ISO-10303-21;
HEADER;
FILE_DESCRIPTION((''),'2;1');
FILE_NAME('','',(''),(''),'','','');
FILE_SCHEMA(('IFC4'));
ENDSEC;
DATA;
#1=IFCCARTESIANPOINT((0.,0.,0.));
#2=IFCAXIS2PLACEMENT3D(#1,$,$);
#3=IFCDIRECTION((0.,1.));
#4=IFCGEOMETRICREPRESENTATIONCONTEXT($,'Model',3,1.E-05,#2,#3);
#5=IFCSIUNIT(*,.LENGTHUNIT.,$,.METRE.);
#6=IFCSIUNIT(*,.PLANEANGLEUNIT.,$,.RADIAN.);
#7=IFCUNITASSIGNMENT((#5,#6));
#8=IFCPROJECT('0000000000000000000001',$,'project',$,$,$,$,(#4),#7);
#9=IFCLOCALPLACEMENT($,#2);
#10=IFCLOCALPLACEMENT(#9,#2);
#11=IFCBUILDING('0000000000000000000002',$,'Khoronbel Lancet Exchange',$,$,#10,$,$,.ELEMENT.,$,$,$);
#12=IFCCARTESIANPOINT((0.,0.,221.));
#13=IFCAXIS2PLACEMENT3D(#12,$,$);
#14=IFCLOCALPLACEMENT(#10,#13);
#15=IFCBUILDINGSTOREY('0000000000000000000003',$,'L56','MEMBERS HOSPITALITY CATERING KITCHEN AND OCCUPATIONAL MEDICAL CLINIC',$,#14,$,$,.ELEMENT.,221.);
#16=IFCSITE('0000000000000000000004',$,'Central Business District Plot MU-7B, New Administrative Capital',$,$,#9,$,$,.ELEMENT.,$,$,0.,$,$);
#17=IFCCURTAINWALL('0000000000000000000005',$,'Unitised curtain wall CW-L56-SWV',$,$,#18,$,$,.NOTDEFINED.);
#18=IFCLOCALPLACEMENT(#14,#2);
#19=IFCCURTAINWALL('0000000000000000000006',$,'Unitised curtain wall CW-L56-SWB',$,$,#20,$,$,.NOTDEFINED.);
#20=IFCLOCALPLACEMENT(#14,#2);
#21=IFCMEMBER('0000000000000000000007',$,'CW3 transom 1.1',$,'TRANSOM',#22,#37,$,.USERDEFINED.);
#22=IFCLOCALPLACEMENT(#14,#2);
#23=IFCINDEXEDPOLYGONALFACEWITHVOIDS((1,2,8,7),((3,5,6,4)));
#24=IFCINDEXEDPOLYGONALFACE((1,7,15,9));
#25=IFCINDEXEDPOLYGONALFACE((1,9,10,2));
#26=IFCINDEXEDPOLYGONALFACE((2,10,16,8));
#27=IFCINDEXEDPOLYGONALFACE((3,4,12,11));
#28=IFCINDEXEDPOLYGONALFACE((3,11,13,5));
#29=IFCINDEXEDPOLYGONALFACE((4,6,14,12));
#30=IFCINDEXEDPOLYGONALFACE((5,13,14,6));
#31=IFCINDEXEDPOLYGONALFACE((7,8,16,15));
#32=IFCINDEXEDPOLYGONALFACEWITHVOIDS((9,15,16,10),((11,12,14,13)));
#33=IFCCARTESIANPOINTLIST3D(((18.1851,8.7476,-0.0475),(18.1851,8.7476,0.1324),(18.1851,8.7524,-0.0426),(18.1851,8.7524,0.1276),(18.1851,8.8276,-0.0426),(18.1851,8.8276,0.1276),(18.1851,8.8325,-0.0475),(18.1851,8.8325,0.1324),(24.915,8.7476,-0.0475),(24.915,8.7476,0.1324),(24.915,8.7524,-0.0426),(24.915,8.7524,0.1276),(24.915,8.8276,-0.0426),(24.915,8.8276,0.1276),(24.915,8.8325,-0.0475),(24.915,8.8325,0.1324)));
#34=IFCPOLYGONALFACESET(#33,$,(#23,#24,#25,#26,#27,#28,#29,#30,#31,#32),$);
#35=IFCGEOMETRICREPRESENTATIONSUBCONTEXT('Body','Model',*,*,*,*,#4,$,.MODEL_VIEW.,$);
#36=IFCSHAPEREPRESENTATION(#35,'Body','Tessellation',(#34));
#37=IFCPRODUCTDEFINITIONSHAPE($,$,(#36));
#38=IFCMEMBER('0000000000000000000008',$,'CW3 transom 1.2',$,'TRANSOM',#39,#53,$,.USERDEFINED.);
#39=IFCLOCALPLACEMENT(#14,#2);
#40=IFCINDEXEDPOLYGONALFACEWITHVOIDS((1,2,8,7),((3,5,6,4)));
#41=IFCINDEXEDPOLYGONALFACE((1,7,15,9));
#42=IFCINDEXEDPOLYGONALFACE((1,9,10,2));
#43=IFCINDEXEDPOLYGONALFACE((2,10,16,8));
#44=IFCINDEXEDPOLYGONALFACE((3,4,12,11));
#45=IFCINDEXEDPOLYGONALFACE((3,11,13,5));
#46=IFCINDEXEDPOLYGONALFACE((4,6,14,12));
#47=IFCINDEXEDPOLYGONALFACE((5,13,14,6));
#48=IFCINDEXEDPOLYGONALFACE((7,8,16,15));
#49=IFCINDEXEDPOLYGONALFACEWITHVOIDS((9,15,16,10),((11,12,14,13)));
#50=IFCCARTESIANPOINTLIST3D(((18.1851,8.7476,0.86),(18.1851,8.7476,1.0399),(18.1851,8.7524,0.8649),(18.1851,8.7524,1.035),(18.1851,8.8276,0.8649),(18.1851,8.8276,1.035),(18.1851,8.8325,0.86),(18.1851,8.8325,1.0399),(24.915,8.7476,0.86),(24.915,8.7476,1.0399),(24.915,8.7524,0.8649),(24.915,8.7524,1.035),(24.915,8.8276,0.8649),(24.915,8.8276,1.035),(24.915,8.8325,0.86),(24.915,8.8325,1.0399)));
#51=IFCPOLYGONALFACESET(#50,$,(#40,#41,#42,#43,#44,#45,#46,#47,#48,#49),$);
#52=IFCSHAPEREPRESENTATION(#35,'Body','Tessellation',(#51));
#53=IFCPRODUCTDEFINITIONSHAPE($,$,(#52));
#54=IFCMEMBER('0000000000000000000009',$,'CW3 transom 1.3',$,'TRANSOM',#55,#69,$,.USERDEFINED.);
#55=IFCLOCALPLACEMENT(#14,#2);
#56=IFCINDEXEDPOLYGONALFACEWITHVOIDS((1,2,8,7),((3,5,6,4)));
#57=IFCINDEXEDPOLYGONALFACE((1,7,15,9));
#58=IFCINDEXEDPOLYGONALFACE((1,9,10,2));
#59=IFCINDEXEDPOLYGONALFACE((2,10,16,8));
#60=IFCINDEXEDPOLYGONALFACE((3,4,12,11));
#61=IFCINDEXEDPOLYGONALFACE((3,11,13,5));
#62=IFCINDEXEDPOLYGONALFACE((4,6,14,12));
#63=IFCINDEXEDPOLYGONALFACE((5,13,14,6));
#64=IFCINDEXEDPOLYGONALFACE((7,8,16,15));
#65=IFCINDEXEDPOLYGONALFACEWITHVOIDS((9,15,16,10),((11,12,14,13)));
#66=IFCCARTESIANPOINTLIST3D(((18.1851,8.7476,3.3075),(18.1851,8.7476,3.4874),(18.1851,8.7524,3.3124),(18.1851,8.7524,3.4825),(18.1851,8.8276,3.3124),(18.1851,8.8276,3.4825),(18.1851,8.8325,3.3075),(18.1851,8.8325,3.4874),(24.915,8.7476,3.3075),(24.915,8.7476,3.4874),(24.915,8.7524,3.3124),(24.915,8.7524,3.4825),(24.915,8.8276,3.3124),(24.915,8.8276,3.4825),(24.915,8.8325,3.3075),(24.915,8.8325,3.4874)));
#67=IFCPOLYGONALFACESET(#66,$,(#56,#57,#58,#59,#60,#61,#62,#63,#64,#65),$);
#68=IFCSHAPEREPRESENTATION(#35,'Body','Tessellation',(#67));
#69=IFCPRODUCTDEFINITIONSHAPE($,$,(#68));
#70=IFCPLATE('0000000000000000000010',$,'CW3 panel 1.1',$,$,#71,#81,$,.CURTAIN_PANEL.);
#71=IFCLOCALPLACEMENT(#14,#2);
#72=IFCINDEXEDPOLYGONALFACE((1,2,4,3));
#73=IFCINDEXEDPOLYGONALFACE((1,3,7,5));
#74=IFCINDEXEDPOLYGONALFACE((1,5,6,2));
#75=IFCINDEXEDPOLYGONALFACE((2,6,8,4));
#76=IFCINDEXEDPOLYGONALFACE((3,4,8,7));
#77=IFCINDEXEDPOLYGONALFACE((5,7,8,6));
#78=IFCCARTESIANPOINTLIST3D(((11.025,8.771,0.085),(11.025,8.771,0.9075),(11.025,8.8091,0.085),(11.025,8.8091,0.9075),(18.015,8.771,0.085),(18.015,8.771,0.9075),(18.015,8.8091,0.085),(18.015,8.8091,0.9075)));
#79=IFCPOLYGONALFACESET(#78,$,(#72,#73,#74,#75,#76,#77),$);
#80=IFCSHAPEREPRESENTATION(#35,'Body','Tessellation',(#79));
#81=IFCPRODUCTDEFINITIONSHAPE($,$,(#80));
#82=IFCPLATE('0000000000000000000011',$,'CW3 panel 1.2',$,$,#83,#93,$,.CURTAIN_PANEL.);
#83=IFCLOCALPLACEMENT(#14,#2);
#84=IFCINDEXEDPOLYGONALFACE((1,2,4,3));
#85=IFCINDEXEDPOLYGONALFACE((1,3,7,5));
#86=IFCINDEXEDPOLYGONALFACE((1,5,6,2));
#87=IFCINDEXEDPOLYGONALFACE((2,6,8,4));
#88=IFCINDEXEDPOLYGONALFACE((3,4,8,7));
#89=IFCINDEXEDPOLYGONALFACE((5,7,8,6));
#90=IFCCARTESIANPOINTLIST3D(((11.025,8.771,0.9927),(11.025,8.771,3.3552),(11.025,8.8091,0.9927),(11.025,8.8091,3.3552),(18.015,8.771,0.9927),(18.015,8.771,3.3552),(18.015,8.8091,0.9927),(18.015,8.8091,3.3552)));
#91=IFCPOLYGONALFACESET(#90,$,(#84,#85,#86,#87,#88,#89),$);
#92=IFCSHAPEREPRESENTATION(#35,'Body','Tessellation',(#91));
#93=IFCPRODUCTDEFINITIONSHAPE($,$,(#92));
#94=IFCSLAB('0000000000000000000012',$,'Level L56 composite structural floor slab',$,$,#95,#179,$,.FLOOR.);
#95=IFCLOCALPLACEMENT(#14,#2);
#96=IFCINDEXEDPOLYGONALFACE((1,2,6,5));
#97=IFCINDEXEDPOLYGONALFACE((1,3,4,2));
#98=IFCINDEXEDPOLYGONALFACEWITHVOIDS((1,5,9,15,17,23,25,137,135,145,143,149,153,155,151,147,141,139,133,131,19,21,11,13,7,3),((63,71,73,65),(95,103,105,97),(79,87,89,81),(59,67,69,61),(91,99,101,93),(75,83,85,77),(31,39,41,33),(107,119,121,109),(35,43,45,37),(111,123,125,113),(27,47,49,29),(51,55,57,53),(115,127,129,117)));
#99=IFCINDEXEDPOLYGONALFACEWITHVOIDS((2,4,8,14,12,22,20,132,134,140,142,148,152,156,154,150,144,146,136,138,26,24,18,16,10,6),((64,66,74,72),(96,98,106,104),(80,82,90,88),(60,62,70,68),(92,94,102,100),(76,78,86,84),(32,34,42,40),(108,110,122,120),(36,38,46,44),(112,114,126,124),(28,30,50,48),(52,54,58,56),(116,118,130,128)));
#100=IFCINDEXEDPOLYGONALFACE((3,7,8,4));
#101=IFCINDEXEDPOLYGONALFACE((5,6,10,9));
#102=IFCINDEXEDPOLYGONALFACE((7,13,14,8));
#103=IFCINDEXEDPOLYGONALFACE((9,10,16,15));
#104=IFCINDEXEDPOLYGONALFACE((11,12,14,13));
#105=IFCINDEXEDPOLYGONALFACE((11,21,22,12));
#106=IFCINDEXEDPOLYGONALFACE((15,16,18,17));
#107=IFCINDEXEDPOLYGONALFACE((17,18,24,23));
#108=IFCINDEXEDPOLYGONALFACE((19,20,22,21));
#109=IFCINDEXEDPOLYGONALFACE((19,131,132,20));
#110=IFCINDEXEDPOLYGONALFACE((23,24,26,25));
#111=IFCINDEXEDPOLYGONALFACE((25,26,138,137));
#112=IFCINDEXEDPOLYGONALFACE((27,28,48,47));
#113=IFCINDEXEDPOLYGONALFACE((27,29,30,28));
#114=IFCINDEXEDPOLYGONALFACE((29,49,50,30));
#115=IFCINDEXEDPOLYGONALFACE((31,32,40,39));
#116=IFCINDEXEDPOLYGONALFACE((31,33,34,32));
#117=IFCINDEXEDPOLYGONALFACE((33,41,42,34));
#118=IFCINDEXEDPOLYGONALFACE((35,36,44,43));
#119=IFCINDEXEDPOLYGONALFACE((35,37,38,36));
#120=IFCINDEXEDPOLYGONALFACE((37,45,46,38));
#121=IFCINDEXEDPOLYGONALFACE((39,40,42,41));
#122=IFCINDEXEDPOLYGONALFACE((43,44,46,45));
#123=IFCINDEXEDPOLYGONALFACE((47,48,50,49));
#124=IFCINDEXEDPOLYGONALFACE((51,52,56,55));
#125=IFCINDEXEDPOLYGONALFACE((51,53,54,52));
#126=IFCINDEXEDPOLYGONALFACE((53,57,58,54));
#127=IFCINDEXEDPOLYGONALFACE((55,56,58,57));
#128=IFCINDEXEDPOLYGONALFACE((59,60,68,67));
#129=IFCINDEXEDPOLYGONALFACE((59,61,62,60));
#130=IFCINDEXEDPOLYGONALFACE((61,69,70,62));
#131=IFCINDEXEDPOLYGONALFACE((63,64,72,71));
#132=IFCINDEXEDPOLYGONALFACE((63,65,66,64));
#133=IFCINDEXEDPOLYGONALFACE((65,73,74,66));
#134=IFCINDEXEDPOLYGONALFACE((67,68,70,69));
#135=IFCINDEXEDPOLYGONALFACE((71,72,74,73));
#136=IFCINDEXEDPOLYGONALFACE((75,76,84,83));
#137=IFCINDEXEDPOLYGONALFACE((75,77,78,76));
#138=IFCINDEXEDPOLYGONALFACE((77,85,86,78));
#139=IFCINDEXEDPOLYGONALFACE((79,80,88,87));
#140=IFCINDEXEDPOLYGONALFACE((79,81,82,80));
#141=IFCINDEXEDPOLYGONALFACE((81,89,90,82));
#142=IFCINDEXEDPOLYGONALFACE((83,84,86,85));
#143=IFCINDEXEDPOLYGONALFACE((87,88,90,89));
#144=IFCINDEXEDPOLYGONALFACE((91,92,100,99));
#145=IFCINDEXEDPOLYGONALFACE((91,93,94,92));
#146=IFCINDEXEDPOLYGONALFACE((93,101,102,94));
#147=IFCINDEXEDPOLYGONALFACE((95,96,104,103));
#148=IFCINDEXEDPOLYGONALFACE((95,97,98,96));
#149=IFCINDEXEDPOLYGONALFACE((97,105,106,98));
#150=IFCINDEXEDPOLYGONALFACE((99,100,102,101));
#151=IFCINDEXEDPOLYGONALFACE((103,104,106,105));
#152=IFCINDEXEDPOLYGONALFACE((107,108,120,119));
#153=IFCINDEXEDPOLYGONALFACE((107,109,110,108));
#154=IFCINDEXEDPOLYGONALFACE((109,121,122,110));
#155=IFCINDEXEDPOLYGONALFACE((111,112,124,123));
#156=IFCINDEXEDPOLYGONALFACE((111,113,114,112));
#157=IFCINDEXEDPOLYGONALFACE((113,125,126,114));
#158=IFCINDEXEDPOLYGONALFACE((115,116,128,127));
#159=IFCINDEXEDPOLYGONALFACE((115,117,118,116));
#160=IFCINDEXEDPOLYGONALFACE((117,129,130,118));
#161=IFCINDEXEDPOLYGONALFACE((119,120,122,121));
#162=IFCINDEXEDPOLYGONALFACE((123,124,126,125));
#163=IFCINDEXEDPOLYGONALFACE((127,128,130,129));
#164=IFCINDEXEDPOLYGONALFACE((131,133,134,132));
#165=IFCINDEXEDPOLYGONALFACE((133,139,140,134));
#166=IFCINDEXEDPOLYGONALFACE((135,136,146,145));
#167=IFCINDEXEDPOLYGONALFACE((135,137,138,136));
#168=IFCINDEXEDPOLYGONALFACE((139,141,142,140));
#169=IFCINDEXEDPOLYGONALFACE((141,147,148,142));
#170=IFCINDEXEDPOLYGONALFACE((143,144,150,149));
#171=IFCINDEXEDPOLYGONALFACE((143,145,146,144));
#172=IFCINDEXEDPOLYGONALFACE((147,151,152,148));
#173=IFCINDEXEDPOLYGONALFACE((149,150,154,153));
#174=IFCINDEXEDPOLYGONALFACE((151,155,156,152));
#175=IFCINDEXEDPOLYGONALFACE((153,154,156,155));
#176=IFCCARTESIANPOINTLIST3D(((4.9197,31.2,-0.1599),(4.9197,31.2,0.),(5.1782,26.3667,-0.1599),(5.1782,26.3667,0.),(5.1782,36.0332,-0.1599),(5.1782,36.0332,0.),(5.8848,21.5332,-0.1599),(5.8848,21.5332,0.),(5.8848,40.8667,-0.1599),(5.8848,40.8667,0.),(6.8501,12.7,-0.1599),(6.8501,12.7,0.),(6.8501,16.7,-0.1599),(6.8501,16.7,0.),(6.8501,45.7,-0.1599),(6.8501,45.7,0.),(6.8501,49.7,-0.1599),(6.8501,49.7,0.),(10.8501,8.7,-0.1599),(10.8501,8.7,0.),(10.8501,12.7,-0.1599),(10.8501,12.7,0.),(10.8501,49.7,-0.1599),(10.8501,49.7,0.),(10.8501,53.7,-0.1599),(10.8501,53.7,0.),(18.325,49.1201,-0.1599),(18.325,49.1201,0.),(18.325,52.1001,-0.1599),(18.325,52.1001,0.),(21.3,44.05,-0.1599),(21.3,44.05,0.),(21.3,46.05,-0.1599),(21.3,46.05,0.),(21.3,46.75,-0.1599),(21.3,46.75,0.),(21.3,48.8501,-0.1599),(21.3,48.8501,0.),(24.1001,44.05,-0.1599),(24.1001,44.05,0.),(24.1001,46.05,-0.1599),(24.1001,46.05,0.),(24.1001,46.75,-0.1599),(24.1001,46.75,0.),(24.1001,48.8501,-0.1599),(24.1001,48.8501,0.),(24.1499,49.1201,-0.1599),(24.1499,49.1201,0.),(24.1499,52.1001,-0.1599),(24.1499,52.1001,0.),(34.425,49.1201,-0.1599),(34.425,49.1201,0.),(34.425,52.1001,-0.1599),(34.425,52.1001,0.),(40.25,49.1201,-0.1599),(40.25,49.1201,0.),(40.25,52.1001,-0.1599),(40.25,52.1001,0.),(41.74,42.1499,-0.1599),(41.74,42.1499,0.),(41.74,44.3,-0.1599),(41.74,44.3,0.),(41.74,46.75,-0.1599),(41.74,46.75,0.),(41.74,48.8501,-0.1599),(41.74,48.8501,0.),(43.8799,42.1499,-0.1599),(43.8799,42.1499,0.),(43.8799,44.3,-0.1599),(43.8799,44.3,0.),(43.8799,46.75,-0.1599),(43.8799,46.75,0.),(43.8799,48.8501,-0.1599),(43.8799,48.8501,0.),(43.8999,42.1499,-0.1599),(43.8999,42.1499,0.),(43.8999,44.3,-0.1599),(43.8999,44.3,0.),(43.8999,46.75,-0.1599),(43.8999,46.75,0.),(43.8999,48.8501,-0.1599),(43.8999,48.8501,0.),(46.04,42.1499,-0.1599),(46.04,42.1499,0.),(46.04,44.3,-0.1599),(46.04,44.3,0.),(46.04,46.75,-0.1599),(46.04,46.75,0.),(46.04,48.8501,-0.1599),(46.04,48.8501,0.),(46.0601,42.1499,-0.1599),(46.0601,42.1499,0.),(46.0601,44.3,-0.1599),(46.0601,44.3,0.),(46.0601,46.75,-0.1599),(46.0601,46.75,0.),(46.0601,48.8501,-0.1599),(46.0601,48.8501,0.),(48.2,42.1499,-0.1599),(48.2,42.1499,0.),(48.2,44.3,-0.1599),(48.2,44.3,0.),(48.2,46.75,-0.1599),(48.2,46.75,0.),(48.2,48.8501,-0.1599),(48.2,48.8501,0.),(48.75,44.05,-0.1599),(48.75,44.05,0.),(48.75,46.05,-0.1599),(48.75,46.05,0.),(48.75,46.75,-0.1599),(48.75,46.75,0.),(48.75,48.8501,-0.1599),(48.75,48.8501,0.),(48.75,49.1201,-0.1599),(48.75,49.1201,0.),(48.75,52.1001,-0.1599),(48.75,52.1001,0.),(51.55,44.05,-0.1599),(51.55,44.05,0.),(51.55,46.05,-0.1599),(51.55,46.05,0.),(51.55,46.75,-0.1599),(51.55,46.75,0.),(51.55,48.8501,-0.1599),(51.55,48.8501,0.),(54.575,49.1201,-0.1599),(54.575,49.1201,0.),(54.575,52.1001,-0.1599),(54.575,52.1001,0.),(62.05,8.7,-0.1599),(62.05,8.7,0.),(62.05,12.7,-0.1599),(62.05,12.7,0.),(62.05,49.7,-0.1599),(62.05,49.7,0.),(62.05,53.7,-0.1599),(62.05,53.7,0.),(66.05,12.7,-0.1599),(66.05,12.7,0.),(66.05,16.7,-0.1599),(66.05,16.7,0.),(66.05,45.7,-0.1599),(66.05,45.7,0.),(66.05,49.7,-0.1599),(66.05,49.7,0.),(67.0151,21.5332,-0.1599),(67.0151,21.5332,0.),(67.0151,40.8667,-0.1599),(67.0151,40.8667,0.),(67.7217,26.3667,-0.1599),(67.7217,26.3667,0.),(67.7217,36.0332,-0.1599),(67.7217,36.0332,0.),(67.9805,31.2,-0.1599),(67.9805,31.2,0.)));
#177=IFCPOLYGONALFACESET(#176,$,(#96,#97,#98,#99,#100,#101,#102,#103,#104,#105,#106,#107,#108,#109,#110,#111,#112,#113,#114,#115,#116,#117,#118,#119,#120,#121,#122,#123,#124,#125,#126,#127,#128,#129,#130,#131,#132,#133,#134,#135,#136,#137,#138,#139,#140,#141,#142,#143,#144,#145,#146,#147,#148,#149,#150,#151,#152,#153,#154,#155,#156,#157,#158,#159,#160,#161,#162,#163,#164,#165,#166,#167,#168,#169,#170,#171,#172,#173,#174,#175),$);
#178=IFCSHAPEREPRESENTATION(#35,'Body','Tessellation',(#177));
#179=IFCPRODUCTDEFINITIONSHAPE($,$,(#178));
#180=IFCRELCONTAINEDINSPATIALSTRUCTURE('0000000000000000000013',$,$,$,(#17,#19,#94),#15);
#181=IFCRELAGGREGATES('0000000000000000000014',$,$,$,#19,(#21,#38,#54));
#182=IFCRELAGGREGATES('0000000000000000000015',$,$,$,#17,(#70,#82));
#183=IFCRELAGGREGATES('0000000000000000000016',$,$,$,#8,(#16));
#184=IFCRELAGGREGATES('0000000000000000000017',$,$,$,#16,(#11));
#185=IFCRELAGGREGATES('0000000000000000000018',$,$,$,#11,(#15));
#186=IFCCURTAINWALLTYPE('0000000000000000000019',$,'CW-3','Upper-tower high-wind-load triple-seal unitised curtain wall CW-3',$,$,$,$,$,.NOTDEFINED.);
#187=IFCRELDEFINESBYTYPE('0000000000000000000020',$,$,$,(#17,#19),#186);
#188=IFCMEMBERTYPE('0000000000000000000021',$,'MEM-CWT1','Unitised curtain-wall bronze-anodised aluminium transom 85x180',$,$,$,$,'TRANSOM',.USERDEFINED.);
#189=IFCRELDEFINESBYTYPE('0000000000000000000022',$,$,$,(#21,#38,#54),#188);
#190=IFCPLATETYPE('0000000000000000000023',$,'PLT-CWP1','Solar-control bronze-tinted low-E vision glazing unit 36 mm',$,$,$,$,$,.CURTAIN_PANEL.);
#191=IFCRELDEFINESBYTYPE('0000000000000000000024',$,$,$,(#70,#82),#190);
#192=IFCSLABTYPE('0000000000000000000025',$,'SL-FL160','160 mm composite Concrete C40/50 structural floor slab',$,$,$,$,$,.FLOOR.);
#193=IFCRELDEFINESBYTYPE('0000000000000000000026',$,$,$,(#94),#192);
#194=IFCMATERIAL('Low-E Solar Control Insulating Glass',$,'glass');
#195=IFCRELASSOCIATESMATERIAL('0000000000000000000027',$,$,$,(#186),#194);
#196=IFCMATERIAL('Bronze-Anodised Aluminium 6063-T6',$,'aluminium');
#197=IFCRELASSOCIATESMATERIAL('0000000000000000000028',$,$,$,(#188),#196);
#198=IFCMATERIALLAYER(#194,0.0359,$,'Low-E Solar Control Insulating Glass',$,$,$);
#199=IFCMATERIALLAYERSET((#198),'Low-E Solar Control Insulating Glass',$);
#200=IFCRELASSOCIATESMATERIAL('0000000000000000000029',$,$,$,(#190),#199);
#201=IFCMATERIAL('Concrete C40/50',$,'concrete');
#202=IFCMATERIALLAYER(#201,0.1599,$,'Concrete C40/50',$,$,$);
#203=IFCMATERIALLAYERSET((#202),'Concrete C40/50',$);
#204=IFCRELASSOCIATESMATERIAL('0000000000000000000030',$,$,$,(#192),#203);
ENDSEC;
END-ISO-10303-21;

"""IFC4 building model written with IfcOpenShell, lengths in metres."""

from ifc_helpers import new_model, si_unit, direction, frame, origin, origin_2d, place, context, subcontext, project, spatial, polyline, rectangle, hollow_rectangle, outline, extrude, material, layer, layer_set, material_profile, profile_set, type_object, element, aggregate, save


model = new_model("IFC4")

# Units and contexts
model_context = context("Model", 3, precision=1e-05, world=origin(), true_north=direction((0.0, 1.0)))
body_context = subcontext(model_context, "Body", "Model", "MODEL_VIEW")
ifc_project = project(units=[si_unit("LENGTHUNIT", "METRE"), si_unit("PLANEANGLEUNIT", "RADIAN")], contexts=[model_context])

# Site, building, storey
site_placement = place(None, origin())
site = spatial("IfcSite", under=ifc_project, at=site_placement, Name="Central Business District Plot MU-7B, New Administrative Capital", CompositionType="ELEMENT", RefElevation=0.0)
building_placement = place(site_placement, origin())
building = spatial("IfcBuilding", under=site, at=building_placement, Name="Khoronbel Lancet Exchange", CompositionType="ELEMENT")
storey_placement = place(building_placement, frame((0.0, 0.0, 221.0)))
storey = spatial("IfcBuildingStorey", under=building, at=storey_placement, Name="L56", Description="MEMBERS HOSPITALITY CATERING KITCHEN AND OCCUPATIONAL MEDICAL CLINIC", CompositionType="ELEMENT", Elevation=221.0)

# Curtain wall
ifc_material_1 = material(Name="Low-E Solar Control Insulating Glass", Category="glass")
curtain_wall_type = type_object("IfcCurtainWallType", Name="CW-3", Description="Upper-tower high-wind-load triple-seal unitised curtain wall CW-3", PredefinedType="NOTDEFINED", material=ifc_material_1)
curtain_wall_1_placement = place(storey_placement, origin())
curtain_wall_1 = element("IfcCurtainWall", 1, at=curtain_wall_1_placement, inside=storey, type_object=curtain_wall_type, Name="Unitised curtain wall CW-L56-SWV", PredefinedType="NOTDEFINED")
ifc_material_2 = material(Name="Bronze-Anodised Aluminium 6063-T6", Category="aluminium")

# Curtain wall
curtain_wall_2_placement = place(storey_placement, origin())
curtain_wall_2 = element("IfcCurtainWall", 2, at=curtain_wall_2_placement, inside=storey, type_object=curtain_wall_type, Name="Unitised curtain wall CW-L56-SWB", PredefinedType="NOTDEFINED")

# Members
ifc_material_profile_1 = material_profile(ifc_material_2, hollow_rectangle(XDim=0.085, YDim=0.1799, WallThickness=0.0049, at=origin_2d()), Name="ALU TRANSOM 85x180")
ifc_profile_set_1 = profile_set([ifc_material_profile_1], Name="Bronze-Anodised Aluminium 6063-T6")
member_type_1 = type_object("IfcMemberType", Name="MEM-CWT1", Description="Unitised curtain-wall bronze-anodised aluminium transom 85x180", ElementType="TRANSOM", PredefinedType="USERDEFINED", material=ifc_profile_set_1)
member_1_placement = place(storey_placement, frame((18.1851, 8.79, 0.0425), z_axis=(1.0, 0.0, 0.0), x_axis=(0.0, 1.0, 0.0)))
member_1 = element("IfcMember", 3, at=member_1_placement, type_object=member_type_1, Name="CW3 transom 1.1", ObjectType="TRANSOM", PredefinedType="USERDEFINED", context=body_context, shape_type="SweptSolid", body=[
    extrude(hollow_rectangle(XDim=0.085, YDim=0.1799, WallThickness=0.0049, at=origin_2d()), origin(), (0.0, 0.0, 1.0), 6.73),
])
member_2_placement = place(storey_placement, frame((18.1851, 8.79, 0.95), z_axis=(1.0, 0.0, 0.0), x_axis=(0.0, 1.0, 0.0)))
member_2 = element("IfcMember", 4, at=member_2_placement, type_object=member_type_1, Name="CW3 transom 1.2", ObjectType="TRANSOM", PredefinedType="USERDEFINED", context=body_context, shape_type="SweptSolid", body=[
    extrude(hollow_rectangle(XDim=0.085, YDim=0.1799, WallThickness=0.0049, at=origin_2d()), origin(), (0.0, 0.0, 1.0), 6.73),
])
member_3_placement = place(storey_placement, frame((18.1851, 8.79, 3.3975), z_axis=(1.0, 0.0, 0.0), x_axis=(0.0, 1.0, 0.0)))
member_3 = element("IfcMember", 5, at=member_3_placement, type_object=member_type_1, Name="CW3 transom 1.3", ObjectType="TRANSOM", PredefinedType="USERDEFINED", context=body_context, shape_type="SweptSolid", body=[
    extrude(hollow_rectangle(XDim=0.085, YDim=0.1799, WallThickness=0.0049, at=origin_2d()), origin(), (0.0, 0.0, 1.0), 6.73),
])
aggregate(curtain_wall_2, [member_1, member_2, member_3])

# Plates
ifc_layer_1 = layer(ifc_material_1, 0.0359, Name="Low-E Solar Control Insulating Glass")
ifc_layer_set_1 = layer_set([ifc_layer_1], Name="Low-E Solar Control Insulating Glass")
plate_type = type_object("IfcPlateType", Name="PLT-CWP1", Description="Solar-control bronze-tinted low-E vision glazing unit 36 mm", PredefinedType="CURTAIN_PANEL", material=ifc_layer_set_1)
plate_1_placement = place(storey_placement, frame((14.52, 8.79, 0.085), z_axis=(0.0, 0.0, 1.0), x_axis=(1.0, 0.0, 0.0)))
plate_1 = element("IfcPlate", 6, at=plate_1_placement, type_object=plate_type, Name="CW3 panel 1.1", PredefinedType="CURTAIN_PANEL", context=body_context, shape_type="SweptSolid", body=[
    extrude(rectangle(XDim=6.99, YDim=0.0381, at=origin_2d()), origin(), (0.0, 0.0, 1.0), 0.8225),
])
plate_2_placement = place(storey_placement, frame((14.52, 8.79, 0.9927), z_axis=(0.0, 0.0, 1.0), x_axis=(1.0, 0.0, 0.0)))
plate_2 = element("IfcPlate", 7, at=plate_2_placement, type_object=plate_type, Name="CW3 panel 1.2", PredefinedType="CURTAIN_PANEL", context=body_context, shape_type="SweptSolid", body=[
    extrude(rectangle(XDim=6.99, YDim=0.0381, at=origin_2d()), origin(), (0.0, 0.0, 1.0), 2.3625),
])
aggregate(curtain_wall_1, [plate_1, plate_2])

# Slab
ifc_material_3 = material(Name="Concrete C40/50", Category="concrete")
ifc_layer_2 = layer(ifc_material_3, 0.1599, Name="Concrete C40/50")
ifc_layer_set_2 = layer_set([ifc_layer_2], Name="Concrete C40/50")
slab_type_1 = type_object("IfcSlabType", Name="SL-FL160", Description="160 mm composite Concrete C40/50 structural floor slab", PredefinedType="FLOOR", material=ifc_layer_set_2)
slab_1_placement = place(storey_placement, frame((0.0, 0.0, -0.1599)))
element("IfcSlab", 8, at=slab_1_placement, inside=storey, type_object=slab_type_1, Name="Level L56 composite structural floor slab", PredefinedType="FLOOR", context=body_context, shape_type="SweptSolid", body=[
    extrude(outline(polyline([(10.8501, 8.7), (62.05, 8.7), (62.05, 12.7), (66.05, 12.7), (66.05, 16.7), (67.0151, 21.5332), (67.7217, 26.3667), (67.9805, 31.2), (67.7217, 36.0332), (67.0151, 40.8667), (66.05, 45.7), (66.05, 49.7), (62.05, 49.7), (62.05, 53.7), (10.8501, 53.7), (10.8501, 49.7), (6.8501, 49.7), (6.8501, 45.7), (5.8848, 40.8667), (5.1782, 36.0332), (4.9197, 31.2), (5.1782, 26.3667), (5.8848, 21.5332), (6.8501, 16.7), (6.8501, 12.7), (10.8501, 12.7), (10.8501, 8.7)]), holes=[polyline([(18.325, 49.1201), (24.1499, 49.1201), (24.1499, 52.1001), (18.325, 52.1001), (18.325, 49.1201)]), polyline([(48.75, 49.1201), (54.575, 49.1201), (54.575, 52.1001), (48.75, 52.1001), (48.75, 49.1201)]), polyline([(34.425, 49.1201), (40.25, 49.1201), (40.25, 52.1001), (34.425, 52.1001), (34.425, 49.1201)]), polyline([(41.74, 46.75), (43.8799, 46.75), (43.8799, 48.8501), (41.74, 48.8501), (41.74, 46.75)]), polyline([(43.8999, 46.75), (46.04, 46.75), (46.04, 48.8501), (43.8999, 48.8501), (43.8999, 46.75)]), polyline([(46.0601, 46.75), (48.2, 46.75), (48.2, 48.8501), (46.0601, 48.8501), (46.0601, 46.75)]), polyline([(41.74, 42.1499), (43.8799, 42.1499), (43.8799, 44.3), (41.74, 44.3), (41.74, 42.1499)]), polyline([(43.8999, 42.1499), (46.04, 42.1499), (46.04, 44.3), (43.8999, 44.3), (43.8999, 42.1499)]), polyline([(46.0601, 42.1499), (48.2, 42.1499), (48.2, 44.3), (46.0601, 44.3), (46.0601, 42.1499)]), polyline([(21.3, 46.75), (24.1001, 46.75), (24.1001, 48.8501), (21.3, 48.8501), (21.3, 46.75)]), polyline([(48.75, 46.75), (51.55, 46.75), (51.55, 48.8501), (48.75, 48.8501), (48.75, 46.75)]), polyline([(21.3, 44.05), (24.1001, 44.05), (24.1001, 46.05), (21.3, 46.05), (21.3, 44.05)]), polyline([(48.75, 44.05), (51.55, 44.05), (51.55, 46.05), (48.75, 46.05), (48.75, 44.05)])]), origin(), (0.0, 0.0, 1.0), 0.1599),
])

save(model, "model.ifc")
